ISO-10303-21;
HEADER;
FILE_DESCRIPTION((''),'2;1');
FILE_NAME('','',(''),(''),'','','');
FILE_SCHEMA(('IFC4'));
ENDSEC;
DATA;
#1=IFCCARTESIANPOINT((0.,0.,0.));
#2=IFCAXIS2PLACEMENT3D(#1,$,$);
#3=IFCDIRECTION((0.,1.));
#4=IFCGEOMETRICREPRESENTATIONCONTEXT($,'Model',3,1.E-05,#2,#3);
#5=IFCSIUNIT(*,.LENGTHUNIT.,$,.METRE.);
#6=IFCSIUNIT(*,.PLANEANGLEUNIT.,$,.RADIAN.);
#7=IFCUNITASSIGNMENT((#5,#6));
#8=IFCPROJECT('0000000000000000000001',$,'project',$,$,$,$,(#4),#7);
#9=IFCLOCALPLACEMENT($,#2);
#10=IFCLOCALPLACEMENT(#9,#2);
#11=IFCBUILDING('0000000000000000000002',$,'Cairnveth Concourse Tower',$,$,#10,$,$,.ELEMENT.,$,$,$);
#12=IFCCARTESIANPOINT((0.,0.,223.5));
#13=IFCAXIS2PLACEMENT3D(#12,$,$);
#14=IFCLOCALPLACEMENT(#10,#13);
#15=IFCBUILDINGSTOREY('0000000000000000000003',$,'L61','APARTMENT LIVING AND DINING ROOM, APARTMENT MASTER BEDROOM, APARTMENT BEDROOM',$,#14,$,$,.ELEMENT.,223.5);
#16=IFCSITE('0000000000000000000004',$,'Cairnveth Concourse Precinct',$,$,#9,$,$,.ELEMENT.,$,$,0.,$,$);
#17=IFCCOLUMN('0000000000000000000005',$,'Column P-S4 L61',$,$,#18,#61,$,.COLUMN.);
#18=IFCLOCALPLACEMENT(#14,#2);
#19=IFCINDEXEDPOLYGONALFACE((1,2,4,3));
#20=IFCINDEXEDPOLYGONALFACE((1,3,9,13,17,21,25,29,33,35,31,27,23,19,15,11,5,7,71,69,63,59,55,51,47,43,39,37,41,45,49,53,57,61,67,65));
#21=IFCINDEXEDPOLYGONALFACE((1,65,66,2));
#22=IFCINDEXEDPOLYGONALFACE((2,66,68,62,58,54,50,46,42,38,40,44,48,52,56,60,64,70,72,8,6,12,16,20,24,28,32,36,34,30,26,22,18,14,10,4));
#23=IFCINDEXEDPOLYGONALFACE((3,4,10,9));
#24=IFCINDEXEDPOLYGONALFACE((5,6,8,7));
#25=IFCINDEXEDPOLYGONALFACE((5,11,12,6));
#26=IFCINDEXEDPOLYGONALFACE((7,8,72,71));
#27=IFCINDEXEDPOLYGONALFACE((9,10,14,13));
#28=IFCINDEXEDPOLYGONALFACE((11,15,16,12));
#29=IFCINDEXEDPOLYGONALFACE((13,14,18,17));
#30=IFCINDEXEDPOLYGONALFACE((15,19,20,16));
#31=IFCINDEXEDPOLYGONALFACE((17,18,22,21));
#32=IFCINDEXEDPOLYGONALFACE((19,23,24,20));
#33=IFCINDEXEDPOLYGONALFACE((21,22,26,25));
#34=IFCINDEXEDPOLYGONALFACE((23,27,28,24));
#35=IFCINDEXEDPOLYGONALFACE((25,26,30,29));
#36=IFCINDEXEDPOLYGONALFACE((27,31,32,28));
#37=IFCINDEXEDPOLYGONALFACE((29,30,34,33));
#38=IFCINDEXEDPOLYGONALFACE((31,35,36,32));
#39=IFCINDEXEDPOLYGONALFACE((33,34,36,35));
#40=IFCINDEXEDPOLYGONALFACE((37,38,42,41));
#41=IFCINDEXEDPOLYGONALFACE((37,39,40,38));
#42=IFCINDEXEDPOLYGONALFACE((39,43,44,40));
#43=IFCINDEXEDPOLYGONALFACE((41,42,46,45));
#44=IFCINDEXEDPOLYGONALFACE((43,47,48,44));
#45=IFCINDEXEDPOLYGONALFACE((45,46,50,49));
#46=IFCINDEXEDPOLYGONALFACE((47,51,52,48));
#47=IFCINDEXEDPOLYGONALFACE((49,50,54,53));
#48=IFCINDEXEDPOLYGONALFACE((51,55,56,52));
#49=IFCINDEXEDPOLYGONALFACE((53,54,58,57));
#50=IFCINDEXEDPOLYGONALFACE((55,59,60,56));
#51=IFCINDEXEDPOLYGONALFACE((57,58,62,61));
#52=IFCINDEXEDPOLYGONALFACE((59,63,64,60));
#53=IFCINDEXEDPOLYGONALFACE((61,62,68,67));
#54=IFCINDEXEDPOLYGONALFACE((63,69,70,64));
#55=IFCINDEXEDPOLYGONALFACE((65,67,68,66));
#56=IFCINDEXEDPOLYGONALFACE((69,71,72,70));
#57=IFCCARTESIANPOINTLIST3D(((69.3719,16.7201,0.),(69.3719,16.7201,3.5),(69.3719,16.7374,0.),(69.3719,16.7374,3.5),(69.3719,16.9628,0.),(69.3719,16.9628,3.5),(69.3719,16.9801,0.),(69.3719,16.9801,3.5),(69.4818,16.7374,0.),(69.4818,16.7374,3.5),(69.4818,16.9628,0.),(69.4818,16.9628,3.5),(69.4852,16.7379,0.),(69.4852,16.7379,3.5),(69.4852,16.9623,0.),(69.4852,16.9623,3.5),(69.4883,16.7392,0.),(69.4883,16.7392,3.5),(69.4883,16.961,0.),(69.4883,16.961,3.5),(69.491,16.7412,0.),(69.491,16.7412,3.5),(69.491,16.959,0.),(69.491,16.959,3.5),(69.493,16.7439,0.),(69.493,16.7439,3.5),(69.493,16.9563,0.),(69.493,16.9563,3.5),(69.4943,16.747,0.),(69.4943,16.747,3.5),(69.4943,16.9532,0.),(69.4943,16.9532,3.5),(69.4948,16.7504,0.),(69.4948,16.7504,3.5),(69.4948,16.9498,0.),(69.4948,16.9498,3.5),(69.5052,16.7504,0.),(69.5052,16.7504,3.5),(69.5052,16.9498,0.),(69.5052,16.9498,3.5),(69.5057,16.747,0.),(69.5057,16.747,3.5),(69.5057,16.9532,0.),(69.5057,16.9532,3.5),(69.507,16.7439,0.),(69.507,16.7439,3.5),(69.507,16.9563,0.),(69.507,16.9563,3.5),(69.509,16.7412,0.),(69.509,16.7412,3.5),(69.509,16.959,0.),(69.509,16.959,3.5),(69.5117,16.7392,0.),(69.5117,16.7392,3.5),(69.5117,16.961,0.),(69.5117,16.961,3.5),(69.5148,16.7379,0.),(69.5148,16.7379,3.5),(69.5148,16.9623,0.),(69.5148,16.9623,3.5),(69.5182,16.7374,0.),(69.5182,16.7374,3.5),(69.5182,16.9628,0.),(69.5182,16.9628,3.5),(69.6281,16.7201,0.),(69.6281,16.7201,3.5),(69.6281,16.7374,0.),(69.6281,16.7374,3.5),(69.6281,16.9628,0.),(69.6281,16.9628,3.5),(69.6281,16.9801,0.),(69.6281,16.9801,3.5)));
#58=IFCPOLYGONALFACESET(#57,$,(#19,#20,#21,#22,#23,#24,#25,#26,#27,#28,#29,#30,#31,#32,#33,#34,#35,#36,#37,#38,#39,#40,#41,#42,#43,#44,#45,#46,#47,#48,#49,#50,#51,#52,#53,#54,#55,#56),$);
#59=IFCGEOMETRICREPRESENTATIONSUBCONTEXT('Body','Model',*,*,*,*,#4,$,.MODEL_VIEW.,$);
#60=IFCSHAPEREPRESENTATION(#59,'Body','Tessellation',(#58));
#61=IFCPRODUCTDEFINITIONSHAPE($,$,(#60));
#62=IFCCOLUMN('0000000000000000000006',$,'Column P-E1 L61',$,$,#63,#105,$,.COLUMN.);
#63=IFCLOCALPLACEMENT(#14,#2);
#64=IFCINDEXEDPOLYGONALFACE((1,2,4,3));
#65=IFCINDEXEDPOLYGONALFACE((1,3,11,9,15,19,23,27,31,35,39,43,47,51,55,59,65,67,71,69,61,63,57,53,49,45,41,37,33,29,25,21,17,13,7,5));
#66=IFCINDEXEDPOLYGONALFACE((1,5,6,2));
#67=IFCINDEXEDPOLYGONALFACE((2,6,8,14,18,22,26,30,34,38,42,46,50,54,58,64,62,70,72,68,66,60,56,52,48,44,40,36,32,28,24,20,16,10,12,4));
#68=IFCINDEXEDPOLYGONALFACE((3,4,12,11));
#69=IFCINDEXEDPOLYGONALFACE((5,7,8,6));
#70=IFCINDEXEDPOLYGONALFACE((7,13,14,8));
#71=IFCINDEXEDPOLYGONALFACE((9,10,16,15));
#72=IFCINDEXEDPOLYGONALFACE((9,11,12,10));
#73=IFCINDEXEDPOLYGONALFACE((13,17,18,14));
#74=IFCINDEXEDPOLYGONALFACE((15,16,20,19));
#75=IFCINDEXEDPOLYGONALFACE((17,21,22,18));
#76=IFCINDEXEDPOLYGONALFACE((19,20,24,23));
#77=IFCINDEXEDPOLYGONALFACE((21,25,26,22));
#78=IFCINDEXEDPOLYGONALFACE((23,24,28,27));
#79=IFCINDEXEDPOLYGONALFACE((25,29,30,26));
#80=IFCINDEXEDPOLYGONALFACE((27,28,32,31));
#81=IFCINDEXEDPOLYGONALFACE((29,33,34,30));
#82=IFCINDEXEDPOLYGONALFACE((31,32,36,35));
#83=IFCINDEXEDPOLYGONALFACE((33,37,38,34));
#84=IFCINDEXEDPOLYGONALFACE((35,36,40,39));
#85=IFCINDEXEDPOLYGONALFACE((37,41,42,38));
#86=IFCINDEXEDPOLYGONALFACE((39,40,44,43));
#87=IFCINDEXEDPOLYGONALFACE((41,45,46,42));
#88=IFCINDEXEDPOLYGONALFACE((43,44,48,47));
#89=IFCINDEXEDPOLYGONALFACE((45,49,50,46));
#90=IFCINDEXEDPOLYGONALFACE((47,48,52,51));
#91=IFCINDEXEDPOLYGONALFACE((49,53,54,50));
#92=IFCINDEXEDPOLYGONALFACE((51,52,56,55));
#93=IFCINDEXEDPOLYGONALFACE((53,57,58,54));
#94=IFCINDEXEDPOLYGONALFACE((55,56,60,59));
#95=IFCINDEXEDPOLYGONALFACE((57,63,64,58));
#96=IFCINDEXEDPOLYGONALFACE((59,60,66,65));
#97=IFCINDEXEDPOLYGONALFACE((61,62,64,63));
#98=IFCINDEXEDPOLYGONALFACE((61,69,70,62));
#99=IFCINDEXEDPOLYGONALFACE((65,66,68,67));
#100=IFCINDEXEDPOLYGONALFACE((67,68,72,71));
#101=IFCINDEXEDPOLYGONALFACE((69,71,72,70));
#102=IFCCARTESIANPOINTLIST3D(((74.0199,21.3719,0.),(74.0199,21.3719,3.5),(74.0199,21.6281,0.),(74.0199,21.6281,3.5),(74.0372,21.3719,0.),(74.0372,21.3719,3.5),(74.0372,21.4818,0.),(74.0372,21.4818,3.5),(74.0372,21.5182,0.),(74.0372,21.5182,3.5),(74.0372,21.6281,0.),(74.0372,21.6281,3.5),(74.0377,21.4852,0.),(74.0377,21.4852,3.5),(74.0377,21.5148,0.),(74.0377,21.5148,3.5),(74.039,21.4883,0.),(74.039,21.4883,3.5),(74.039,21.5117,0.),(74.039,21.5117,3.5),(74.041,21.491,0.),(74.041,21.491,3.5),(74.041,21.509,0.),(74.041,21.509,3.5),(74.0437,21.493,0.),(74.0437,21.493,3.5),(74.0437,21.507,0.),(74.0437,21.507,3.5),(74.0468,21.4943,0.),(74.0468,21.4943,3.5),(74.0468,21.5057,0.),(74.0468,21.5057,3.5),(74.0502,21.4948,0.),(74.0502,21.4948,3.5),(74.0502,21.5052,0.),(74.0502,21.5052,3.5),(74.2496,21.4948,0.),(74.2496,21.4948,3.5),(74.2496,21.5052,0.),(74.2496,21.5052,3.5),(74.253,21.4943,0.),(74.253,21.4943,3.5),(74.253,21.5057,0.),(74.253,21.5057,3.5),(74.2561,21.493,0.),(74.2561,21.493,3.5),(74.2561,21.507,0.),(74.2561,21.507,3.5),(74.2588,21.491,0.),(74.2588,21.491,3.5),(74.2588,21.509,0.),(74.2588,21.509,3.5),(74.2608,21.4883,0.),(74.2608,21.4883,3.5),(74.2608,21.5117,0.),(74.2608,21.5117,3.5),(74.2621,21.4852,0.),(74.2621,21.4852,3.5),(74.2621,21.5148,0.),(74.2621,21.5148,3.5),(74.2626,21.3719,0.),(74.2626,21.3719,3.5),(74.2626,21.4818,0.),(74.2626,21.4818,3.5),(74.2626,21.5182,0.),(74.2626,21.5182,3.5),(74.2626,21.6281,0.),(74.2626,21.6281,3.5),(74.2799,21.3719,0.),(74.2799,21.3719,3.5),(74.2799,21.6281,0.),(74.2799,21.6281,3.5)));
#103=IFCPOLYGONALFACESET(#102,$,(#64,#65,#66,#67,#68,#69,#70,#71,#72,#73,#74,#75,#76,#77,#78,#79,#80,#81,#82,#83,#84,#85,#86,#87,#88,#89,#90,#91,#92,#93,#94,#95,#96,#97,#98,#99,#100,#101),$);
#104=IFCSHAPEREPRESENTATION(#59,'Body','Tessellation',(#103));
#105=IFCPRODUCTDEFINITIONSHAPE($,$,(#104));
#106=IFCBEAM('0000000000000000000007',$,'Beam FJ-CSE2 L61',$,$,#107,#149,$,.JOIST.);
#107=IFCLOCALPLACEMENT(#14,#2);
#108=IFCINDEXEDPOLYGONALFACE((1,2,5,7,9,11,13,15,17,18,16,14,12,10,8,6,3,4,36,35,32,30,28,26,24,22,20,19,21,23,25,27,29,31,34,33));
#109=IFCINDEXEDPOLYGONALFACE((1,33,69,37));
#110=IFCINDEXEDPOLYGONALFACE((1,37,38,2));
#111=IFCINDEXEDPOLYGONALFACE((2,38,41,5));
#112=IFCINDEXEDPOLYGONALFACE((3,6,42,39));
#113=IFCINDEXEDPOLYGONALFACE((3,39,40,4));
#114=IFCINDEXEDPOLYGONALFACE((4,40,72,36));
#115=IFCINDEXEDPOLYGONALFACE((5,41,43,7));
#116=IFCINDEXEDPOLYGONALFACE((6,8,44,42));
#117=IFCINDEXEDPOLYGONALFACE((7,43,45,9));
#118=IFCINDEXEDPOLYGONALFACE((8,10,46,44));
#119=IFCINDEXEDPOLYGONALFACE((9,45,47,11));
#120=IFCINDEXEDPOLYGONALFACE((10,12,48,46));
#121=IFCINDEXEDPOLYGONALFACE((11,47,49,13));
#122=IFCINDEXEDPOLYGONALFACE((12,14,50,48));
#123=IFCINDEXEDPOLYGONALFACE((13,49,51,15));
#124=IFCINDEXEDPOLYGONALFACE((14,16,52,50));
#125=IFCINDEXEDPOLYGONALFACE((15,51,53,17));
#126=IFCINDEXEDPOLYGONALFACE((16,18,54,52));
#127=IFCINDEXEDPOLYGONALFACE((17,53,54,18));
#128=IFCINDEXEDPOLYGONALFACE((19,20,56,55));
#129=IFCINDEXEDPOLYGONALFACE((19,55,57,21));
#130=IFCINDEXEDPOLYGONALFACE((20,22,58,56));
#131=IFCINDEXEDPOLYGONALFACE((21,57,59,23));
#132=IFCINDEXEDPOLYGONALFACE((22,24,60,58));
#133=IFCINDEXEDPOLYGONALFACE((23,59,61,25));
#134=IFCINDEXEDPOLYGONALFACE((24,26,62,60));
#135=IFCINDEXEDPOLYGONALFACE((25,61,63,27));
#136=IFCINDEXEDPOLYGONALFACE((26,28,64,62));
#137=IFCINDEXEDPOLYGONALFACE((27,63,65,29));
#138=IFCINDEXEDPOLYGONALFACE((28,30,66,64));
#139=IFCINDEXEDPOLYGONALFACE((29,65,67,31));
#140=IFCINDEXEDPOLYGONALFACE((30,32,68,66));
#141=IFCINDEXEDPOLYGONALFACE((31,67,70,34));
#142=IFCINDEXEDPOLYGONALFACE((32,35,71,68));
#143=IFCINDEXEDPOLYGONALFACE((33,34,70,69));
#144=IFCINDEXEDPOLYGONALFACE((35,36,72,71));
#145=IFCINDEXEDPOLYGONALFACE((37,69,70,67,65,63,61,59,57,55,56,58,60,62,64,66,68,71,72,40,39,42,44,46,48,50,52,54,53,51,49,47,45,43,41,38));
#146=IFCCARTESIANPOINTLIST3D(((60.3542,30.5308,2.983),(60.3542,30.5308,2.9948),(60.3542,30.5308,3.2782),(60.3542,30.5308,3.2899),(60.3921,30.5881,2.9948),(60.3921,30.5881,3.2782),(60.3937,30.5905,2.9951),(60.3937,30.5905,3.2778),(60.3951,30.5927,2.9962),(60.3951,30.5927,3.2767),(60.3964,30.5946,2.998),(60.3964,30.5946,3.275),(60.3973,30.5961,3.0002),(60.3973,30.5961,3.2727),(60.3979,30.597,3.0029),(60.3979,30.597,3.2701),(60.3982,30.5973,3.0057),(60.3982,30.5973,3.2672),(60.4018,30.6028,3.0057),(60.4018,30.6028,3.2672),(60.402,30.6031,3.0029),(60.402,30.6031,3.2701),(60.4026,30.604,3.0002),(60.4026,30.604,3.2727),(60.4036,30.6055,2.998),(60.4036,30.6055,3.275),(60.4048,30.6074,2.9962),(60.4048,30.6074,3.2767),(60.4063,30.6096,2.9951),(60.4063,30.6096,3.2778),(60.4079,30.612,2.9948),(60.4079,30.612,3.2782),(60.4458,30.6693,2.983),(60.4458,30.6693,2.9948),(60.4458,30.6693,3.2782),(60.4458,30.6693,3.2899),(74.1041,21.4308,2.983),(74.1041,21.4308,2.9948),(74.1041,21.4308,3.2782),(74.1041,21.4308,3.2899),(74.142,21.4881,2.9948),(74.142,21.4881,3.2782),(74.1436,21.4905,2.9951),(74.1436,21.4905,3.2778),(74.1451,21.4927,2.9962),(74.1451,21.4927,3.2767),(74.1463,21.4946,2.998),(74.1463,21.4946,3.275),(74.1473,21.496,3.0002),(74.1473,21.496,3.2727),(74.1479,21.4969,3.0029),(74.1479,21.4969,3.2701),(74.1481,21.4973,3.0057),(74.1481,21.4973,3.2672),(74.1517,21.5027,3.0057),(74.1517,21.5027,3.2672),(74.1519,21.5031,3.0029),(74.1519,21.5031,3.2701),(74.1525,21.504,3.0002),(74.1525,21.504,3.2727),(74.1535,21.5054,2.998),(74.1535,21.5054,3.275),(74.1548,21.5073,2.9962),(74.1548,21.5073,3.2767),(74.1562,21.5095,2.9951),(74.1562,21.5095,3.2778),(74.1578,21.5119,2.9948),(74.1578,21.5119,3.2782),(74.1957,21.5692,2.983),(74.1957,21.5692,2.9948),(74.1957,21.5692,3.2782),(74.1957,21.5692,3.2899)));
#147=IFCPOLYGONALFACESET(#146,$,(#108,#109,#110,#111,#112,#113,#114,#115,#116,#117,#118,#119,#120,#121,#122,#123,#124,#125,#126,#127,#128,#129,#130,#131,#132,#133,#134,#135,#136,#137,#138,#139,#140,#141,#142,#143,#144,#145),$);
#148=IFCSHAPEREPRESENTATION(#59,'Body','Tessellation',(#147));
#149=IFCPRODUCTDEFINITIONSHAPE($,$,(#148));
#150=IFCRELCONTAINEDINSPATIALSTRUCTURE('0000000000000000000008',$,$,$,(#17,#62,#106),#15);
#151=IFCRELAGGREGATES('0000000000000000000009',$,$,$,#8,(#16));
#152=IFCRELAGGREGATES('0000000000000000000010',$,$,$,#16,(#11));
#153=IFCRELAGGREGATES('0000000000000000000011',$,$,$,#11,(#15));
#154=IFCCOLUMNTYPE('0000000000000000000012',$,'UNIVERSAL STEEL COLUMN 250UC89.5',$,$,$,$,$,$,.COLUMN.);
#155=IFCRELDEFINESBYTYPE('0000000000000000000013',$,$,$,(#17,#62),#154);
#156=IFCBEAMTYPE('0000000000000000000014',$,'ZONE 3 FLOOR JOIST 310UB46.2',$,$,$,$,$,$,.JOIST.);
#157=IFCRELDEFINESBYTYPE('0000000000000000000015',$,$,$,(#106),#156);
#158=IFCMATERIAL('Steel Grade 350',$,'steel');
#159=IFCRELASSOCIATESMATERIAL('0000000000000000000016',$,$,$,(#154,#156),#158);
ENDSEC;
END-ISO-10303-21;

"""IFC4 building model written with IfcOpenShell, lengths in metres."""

from ifc_helpers import new_model, si_unit, direction, frame, origin, origin_2d, place, context, subcontext, project, spatial, i_section, extrude, material, material_profile, profile_set, type_object, element, save


model = new_model("IFC4")

# Units and contexts
model_context = context("Model", 3, precision=1e-05, world=origin(), true_north=direction((0.0, 1.0)))
body_context = subcontext(model_context, "Body", "Model", "MODEL_VIEW")
ifc_project = project(units=[si_unit("LENGTHUNIT", "METRE"), si_unit("PLANEANGLEUNIT", "RADIAN")], contexts=[model_context])

# Site, building, storey
site_placement = place(None, origin())
site = spatial("IfcSite", under=ifc_project, at=site_placement, Name="Cairnveth Concourse Precinct", CompositionType="ELEMENT", RefElevation=0.0)
building_placement = place(site_placement, origin())
building = spatial("IfcBuilding", under=site, at=building_placement, Name="Cairnveth Concourse Tower", CompositionType="ELEMENT")
storey_placement = place(building_placement, frame((0.0, 0.0, 223.5)))
storey = spatial("IfcBuildingStorey", under=building, at=storey_placement, Name="L61", Description="APARTMENT LIVING AND DINING ROOM, APARTMENT MASTER BEDROOM, APARTMENT BEDROOM", CompositionType="ELEMENT", Elevation=223.5)

# Columns
ifc_material_1 = material(Name="Steel Grade 350", Category="steel")
ifc_material_profile_1 = material_profile(ifc_material_1, i_section(OverallWidth=0.2561, OverallDepth=0.26, WebThickness=0.0105, FlangeThickness=0.0173, FilletRadius=0.0129, at=origin_2d()), Name="250UC89.5")
ifc_profile_set_1 = profile_set([ifc_material_profile_1], Name="Steel Grade 350")
column_type = type_object("IfcColumnType", Name="UNIVERSAL STEEL COLUMN 250UC89.5", PredefinedType="COLUMN", material=ifc_profile_set_1)
for number, where, z_axis, x_axis, name in (
    (1, (69.5, 16.8501, 0.0), (0.0, 0.0, 1.0), (1.0, 0.0, 0.0), "Column P-S4 L61"),
    (2, (74.1499, 21.5, 0.0), (0.0, 0.0, 1.0), (0.0, 1.0, 0.0), "Column P-E1 L61"),
):
    element("IfcColumn", number, at=place(storey_placement, frame(where, z_axis=z_axis, x_axis=x_axis)), inside=storey, type_object=column_type, Name=name, PredefinedType="COLUMN", context=body_context, shape_type="SweptSolid", body=[
        extrude(i_section(OverallWidth=0.2561, OverallDepth=0.26, WebThickness=0.0105, FlangeThickness=0.0173, FilletRadius=0.0129, at=origin_2d()), origin(), (0.0, 0.0, 1.0), 3.5),
    ])

# Beam
ifc_material_profile_2 = material_profile(ifc_material_1, i_section(OverallWidth=0.166, OverallDepth=0.3069, WebThickness=0.0066, FlangeThickness=0.0117, FilletRadius=0.011, at=origin_2d()), Name="310UB46.2")
ifc_profile_set_2 = profile_set([ifc_material_profile_2], Name="Steel Grade 350")
beam_type_1 = type_object("IfcBeamType", Name="ZONE 3 FLOOR JOIST 310UB46.2", PredefinedType="JOIST", material=ifc_profile_set_2)
beam_1_placement = place(storey_placement, frame((74.1499, 21.5, 3.1365), z_axis=(-0.833909, 0.551902, 0.0), x_axis=(-0.551902, -0.833909, 0.0)))
element("IfcBeam", 3, at=beam_1_placement, inside=storey, type_object=beam_type_1, Name="Beam FJ-CSE2 L61", PredefinedType="JOIST", context=body_context, shape_type="SweptSolid", body=[
    extrude(i_section(OverallWidth=0.166, OverallDepth=0.3069, WebThickness=0.0066, FlangeThickness=0.0117, FilletRadius=0.011, at=origin_2d()), origin(), (0.0, 0.0, 1.0), 16.4885),
])

save(model, "model.ifc")
